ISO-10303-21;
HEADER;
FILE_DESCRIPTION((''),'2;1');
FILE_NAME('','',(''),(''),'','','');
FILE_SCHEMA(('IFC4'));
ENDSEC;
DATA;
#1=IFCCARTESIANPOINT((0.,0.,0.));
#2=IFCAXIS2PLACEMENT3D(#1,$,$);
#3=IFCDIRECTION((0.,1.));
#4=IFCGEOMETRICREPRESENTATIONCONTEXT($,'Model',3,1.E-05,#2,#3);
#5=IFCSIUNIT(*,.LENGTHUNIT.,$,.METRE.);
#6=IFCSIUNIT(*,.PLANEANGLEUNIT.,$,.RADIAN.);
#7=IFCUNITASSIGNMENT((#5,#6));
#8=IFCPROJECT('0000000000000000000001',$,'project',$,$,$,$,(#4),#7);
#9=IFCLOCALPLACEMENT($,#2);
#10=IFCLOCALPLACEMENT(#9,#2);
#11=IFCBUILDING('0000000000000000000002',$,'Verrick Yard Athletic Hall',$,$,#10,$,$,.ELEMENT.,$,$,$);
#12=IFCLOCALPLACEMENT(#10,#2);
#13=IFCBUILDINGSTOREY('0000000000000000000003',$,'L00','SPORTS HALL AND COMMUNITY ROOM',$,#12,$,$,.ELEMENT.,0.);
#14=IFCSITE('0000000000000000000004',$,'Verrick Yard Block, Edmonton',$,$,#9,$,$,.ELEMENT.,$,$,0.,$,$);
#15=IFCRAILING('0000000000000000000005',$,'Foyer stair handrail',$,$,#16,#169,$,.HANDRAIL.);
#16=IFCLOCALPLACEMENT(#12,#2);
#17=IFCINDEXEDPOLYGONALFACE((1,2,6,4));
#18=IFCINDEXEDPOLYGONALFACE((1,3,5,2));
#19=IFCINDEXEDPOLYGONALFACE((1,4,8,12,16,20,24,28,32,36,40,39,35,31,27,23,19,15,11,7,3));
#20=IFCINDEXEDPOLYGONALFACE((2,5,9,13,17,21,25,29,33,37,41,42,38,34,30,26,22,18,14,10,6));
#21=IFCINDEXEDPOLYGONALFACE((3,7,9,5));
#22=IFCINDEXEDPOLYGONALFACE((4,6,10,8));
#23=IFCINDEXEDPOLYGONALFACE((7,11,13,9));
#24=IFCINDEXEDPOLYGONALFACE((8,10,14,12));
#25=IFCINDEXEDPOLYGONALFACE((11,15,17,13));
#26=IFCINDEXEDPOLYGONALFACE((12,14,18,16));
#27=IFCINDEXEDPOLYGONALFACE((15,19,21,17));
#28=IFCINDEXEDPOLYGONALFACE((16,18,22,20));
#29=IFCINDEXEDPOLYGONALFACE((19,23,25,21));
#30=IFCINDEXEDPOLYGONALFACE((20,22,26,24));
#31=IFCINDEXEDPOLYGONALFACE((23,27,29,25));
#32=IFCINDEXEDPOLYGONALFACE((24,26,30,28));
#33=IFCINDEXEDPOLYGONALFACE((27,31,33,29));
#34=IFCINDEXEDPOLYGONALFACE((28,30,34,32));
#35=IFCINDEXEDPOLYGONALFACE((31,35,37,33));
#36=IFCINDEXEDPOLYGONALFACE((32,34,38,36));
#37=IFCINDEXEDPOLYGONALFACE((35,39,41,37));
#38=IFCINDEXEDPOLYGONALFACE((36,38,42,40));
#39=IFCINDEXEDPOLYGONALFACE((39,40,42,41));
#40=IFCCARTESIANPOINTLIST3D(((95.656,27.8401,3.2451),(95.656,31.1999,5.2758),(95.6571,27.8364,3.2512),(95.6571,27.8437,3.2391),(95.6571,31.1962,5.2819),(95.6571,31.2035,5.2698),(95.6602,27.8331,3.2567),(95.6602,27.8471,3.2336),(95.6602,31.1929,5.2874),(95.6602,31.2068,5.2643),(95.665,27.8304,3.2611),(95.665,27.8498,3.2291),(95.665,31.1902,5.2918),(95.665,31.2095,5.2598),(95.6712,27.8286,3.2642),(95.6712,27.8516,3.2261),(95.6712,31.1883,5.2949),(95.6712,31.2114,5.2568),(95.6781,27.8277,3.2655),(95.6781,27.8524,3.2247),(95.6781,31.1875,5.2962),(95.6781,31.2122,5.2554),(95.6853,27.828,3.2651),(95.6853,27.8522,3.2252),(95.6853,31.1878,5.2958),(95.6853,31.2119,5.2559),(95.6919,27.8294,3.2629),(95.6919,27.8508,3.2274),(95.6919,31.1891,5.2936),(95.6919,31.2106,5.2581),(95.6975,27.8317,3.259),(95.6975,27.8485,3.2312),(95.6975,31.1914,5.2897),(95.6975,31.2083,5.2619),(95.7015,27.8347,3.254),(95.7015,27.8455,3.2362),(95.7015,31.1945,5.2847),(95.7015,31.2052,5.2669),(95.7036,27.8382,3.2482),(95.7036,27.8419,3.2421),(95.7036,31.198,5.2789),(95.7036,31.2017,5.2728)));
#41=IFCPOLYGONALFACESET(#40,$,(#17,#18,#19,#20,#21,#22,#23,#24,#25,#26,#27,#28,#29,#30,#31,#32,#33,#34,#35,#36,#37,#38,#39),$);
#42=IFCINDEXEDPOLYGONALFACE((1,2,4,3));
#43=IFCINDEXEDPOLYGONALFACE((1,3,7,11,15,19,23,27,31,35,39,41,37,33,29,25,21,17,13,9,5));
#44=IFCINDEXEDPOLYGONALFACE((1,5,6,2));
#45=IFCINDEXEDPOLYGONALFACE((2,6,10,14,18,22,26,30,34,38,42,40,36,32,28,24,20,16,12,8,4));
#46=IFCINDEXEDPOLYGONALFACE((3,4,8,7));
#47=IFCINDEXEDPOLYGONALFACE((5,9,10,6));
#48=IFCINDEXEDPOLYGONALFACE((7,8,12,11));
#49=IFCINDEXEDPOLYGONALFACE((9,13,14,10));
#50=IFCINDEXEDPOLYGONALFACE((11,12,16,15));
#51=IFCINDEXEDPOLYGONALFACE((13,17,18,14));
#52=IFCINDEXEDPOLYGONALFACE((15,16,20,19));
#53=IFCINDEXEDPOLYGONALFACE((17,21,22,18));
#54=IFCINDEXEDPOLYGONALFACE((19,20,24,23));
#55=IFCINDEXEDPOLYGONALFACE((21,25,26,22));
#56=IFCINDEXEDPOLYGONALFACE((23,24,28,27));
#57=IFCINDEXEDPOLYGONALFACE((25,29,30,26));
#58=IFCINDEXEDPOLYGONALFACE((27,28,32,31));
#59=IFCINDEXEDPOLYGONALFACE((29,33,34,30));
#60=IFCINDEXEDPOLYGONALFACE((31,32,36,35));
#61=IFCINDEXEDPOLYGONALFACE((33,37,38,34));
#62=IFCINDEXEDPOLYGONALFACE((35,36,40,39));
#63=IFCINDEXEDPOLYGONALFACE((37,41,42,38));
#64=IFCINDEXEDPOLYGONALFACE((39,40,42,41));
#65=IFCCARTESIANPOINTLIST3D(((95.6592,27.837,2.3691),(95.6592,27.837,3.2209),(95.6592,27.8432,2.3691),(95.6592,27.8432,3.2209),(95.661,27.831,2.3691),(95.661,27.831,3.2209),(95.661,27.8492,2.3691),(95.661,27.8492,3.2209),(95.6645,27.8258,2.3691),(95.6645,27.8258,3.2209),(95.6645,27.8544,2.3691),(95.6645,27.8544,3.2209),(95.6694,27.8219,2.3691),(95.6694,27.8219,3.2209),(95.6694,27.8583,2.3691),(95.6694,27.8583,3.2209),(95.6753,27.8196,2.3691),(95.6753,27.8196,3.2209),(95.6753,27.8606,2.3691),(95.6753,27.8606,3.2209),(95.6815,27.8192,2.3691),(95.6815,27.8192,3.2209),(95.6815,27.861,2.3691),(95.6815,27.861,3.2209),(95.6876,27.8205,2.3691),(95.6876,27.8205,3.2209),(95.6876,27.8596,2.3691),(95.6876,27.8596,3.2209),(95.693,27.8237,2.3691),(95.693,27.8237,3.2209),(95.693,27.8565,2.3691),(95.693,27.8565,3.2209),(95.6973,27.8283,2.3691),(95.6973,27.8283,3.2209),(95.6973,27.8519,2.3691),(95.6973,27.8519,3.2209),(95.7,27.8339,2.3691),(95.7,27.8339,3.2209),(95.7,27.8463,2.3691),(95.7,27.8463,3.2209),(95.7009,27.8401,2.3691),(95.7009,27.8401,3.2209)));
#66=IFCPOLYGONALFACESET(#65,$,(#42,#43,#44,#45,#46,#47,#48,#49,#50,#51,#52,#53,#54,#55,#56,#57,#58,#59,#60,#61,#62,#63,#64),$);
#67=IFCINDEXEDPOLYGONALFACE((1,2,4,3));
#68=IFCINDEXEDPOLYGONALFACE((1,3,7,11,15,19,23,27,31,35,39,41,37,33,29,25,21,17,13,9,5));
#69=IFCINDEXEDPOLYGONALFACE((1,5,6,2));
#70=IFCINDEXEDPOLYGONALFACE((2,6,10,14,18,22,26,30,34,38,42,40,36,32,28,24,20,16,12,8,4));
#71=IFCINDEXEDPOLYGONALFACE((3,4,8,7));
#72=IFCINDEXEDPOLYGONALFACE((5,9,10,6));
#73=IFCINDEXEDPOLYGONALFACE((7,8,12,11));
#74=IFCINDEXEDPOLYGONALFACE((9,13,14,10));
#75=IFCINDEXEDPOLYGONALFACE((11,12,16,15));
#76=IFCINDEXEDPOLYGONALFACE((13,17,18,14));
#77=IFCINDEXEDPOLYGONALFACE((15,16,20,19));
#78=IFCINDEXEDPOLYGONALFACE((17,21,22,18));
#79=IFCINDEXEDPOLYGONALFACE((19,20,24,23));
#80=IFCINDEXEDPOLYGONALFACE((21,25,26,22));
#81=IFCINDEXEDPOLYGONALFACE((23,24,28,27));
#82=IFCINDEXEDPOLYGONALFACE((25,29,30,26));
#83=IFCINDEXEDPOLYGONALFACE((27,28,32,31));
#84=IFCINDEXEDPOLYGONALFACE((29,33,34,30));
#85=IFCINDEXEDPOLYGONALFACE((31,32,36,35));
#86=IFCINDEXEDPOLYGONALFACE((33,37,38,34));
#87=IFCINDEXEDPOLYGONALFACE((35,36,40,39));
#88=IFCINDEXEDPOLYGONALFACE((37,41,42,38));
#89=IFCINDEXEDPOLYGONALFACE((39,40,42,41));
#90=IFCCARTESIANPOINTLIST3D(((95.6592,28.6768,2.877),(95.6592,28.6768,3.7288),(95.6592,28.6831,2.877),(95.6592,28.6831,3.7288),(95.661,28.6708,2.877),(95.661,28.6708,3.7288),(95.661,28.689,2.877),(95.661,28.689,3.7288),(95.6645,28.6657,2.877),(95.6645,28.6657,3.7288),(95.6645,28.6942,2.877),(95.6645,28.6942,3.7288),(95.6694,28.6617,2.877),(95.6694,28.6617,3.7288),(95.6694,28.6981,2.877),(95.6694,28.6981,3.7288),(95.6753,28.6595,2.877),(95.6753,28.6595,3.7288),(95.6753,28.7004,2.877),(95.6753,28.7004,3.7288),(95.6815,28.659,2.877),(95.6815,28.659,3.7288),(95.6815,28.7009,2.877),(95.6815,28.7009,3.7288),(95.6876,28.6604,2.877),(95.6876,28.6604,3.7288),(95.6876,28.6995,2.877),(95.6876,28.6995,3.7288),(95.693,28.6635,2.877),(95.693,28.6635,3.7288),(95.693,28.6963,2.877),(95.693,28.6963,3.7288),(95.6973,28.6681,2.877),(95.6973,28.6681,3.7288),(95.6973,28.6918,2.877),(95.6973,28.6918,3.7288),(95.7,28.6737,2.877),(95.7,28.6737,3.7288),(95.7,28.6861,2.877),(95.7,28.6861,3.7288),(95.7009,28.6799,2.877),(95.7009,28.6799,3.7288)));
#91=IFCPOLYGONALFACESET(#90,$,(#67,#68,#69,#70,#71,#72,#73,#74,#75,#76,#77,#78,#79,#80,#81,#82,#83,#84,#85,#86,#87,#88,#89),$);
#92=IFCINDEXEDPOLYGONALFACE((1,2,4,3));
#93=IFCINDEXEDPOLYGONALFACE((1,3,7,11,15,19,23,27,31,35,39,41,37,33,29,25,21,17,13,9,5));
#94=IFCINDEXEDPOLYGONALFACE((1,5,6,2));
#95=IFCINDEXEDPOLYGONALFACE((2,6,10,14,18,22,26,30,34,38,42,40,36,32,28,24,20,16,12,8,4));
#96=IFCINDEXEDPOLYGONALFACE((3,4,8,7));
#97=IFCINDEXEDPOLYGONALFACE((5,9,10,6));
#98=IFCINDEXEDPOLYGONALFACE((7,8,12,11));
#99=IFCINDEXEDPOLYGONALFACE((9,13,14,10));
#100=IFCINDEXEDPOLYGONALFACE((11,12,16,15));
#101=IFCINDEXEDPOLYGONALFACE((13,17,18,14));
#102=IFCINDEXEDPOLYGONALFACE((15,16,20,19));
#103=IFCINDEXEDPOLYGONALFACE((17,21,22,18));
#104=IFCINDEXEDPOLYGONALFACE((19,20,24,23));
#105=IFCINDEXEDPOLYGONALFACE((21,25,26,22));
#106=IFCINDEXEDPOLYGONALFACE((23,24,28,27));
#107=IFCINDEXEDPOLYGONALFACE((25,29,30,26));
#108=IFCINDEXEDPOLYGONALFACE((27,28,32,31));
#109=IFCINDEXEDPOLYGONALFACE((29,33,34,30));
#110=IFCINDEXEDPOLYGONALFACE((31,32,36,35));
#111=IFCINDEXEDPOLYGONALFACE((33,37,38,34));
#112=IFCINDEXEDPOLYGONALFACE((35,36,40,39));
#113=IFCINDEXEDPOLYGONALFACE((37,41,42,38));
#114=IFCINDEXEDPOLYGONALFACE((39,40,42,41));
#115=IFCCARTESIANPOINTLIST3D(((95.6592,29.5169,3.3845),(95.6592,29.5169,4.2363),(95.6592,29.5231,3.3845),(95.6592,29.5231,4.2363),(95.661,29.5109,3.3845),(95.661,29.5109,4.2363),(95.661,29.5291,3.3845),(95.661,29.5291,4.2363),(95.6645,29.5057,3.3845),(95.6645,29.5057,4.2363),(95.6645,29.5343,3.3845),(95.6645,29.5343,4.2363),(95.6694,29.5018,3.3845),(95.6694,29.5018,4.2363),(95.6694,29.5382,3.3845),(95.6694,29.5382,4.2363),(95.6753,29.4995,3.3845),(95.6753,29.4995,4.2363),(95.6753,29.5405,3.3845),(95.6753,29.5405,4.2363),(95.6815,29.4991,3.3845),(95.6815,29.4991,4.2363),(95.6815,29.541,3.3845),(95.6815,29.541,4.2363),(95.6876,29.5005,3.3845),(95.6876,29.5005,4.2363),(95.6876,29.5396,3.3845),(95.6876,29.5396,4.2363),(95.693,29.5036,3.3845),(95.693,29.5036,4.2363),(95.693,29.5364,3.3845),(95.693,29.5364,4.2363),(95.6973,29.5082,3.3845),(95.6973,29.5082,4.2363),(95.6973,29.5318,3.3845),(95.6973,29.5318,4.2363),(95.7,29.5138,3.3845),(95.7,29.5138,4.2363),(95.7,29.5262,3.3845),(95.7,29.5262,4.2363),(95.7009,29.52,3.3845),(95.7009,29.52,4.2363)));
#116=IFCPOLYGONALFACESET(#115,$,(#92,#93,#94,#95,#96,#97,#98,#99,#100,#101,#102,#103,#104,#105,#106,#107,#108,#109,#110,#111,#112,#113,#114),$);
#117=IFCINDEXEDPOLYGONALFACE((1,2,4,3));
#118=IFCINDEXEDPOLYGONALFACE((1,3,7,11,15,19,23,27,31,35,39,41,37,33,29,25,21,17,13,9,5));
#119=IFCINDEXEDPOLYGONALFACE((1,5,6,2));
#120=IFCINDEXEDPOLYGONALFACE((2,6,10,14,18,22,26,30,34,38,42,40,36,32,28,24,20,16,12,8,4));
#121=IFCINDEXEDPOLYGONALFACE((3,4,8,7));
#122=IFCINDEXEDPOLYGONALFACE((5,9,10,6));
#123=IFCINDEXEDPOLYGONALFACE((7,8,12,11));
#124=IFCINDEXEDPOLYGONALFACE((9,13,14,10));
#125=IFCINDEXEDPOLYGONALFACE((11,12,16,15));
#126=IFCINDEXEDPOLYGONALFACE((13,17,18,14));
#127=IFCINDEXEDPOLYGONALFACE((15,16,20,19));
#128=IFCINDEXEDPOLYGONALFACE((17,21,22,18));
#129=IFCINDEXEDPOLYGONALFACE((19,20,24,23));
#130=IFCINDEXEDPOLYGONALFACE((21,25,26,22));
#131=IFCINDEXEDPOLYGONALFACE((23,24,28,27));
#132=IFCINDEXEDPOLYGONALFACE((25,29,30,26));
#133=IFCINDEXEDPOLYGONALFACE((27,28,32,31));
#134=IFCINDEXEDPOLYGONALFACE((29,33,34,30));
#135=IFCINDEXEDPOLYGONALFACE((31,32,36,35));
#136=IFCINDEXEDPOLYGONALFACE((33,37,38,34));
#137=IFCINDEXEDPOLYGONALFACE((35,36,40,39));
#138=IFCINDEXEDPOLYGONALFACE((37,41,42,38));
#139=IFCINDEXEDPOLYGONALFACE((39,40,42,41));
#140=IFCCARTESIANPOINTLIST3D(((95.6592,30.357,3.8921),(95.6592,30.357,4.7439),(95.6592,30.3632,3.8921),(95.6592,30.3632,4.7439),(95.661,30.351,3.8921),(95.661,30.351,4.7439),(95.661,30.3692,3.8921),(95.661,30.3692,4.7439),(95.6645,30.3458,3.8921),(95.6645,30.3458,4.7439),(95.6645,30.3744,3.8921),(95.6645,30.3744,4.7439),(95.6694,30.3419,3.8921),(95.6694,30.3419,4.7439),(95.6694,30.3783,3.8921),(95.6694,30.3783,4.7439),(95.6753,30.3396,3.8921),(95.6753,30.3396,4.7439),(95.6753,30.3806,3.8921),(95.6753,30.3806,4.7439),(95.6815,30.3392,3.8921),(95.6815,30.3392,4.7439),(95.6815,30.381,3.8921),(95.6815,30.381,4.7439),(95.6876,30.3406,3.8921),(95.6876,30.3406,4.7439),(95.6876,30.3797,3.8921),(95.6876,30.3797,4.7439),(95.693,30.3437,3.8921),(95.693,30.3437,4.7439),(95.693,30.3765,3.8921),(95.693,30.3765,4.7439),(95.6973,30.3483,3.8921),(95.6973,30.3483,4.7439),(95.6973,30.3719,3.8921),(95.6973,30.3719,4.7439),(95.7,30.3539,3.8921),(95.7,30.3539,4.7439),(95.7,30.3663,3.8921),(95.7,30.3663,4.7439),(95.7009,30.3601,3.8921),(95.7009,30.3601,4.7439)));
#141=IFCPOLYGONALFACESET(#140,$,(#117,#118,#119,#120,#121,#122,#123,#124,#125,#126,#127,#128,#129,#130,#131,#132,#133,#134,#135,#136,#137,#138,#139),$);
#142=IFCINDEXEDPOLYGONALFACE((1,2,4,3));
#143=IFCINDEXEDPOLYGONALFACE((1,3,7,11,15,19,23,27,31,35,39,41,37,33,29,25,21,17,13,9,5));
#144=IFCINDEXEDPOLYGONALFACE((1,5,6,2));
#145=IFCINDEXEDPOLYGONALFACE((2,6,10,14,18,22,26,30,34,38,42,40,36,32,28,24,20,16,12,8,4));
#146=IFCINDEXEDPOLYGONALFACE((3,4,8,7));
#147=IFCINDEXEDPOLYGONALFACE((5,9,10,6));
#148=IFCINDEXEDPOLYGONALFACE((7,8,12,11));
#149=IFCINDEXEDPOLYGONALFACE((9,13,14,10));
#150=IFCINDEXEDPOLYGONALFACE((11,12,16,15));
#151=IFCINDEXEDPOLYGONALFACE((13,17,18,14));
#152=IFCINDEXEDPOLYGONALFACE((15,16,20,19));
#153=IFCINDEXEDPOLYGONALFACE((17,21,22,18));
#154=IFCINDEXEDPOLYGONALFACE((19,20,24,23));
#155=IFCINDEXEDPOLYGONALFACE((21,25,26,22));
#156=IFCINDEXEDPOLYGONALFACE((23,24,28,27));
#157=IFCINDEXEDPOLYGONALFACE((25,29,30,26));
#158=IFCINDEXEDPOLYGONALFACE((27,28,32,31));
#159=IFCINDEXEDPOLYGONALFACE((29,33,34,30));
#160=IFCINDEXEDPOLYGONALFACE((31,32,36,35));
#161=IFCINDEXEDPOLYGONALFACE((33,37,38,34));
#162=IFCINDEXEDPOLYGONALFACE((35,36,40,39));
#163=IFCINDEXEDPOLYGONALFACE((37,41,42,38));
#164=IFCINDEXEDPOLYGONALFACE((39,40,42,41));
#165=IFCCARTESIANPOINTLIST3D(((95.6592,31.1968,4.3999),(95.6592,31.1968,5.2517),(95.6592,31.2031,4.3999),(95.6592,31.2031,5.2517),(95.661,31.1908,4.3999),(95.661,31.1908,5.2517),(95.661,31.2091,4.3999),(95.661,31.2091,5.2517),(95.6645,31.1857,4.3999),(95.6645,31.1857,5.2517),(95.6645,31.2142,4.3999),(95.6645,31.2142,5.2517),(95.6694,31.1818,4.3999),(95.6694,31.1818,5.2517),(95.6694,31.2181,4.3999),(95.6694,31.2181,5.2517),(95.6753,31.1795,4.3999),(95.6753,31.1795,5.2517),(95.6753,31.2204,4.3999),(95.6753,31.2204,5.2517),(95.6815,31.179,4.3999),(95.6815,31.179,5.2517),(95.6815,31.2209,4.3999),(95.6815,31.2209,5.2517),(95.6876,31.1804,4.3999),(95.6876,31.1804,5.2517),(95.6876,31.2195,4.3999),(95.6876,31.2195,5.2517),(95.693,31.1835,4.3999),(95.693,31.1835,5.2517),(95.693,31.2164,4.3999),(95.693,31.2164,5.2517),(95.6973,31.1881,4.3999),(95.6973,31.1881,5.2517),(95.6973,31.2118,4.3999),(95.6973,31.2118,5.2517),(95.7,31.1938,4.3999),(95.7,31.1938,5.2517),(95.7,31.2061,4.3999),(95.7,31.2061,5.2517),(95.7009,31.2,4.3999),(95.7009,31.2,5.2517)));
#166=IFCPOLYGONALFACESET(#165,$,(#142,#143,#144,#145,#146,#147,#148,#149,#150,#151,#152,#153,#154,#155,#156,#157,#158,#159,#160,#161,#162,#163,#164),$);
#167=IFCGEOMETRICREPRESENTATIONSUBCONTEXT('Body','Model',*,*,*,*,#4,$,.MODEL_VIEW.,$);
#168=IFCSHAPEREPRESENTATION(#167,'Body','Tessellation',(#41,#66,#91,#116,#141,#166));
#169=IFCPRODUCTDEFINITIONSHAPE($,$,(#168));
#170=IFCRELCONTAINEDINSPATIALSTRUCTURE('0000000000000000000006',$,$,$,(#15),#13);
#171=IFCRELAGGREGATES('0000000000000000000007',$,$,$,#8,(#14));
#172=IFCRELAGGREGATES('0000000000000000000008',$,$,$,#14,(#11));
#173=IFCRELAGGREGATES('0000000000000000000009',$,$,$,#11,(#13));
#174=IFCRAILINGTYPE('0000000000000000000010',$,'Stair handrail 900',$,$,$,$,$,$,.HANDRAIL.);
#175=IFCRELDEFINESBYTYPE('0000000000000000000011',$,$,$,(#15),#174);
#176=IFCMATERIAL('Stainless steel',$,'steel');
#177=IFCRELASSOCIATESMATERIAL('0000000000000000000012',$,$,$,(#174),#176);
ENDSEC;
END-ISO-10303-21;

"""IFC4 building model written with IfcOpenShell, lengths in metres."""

from ifc_helpers import new_model, si_unit, direction, frame, origin, origin_2d, place, context, subcontext, project, spatial, circle, extrude, material, type_object, element, save


model = new_model("IFC4")

# Units and contexts
model_context = context("Model", 3, precision=1e-05, world=origin(), true_north=direction((0.0, 1.0)))
body_context = subcontext(model_context, "Body", "Model", "MODEL_VIEW")
ifc_project = project(units=[si_unit("LENGTHUNIT", "METRE"), si_unit("PLANEANGLEUNIT", "RADIAN")], contexts=[model_context])

# Site, building, storey
site_placement = place(None, origin())
site = spatial("IfcSite", under=ifc_project, at=site_placement, Name="Verrick Yard Block, Edmonton", CompositionType="ELEMENT", RefElevation=0.0)
building_placement = place(site_placement, origin())
building = spatial("IfcBuilding", under=site, at=building_placement, Name="Verrick Yard Athletic Hall", CompositionType="ELEMENT")
storey_placement = place(building_placement, origin())
storey = spatial("IfcBuildingStorey", under=building, at=storey_placement, Name="L00", Description="SPORTS HALL AND COMMUNITY ROOM", CompositionType="ELEMENT", Elevation=0.0)

# Railing
ifc_material_1 = material(Name="Stainless steel", Category="steel")
railing_type_1 = type_object("IfcRailingType", Name="Stair handrail 900", PredefinedType="HANDRAIL", material=ifc_material_1)
for number, where, name in (
    (1, (95.6799, 27.8401, 2.3691), "Foyer stair handrail"),
):
    element("IfcRailing", number, at=place(storey_placement, frame(where)), inside=storey, type_object=railing_type_1, Name=name, PredefinedType="HANDRAIL", context=body_context, shape_type="SweptSolid", body=[
        extrude(circle(Radius=0.0239, at=origin_2d()), frame((0.0, 0.0, 0.876), z_axis=(0.0, 0.85582, 0.517273), x_axis=(-1.0, 0.0, 0.0)), (0.0, 0.0, 1.0), 3.9258),
        extrude(circle(Radius=0.021, at=origin_2d()), origin(), (0.0, 0.0, 1.0), 0.8518),
        extrude(circle(Radius=0.021, at=origin_2d()), frame((0.0, 0.8398, 0.5078)), (0.0, 0.0, 1.0), 0.8518),
        extrude(circle(Radius=0.021, at=origin_2d()), frame((0.0, 1.6799, 1.0154)), (0.0, 0.0, 1.0), 0.8518),
        extrude(circle(Radius=0.021, at=origin_2d()), frame((0.0, 2.52, 1.5229)), (0.0, 0.0, 1.0), 0.8518),
        extrude(circle(Radius=0.021, at=origin_2d()), frame((0.0, 3.3599, 2.0308)), (0.0, 0.0, 1.0), 0.8518),
    ])

save(model, "model.ifc")
